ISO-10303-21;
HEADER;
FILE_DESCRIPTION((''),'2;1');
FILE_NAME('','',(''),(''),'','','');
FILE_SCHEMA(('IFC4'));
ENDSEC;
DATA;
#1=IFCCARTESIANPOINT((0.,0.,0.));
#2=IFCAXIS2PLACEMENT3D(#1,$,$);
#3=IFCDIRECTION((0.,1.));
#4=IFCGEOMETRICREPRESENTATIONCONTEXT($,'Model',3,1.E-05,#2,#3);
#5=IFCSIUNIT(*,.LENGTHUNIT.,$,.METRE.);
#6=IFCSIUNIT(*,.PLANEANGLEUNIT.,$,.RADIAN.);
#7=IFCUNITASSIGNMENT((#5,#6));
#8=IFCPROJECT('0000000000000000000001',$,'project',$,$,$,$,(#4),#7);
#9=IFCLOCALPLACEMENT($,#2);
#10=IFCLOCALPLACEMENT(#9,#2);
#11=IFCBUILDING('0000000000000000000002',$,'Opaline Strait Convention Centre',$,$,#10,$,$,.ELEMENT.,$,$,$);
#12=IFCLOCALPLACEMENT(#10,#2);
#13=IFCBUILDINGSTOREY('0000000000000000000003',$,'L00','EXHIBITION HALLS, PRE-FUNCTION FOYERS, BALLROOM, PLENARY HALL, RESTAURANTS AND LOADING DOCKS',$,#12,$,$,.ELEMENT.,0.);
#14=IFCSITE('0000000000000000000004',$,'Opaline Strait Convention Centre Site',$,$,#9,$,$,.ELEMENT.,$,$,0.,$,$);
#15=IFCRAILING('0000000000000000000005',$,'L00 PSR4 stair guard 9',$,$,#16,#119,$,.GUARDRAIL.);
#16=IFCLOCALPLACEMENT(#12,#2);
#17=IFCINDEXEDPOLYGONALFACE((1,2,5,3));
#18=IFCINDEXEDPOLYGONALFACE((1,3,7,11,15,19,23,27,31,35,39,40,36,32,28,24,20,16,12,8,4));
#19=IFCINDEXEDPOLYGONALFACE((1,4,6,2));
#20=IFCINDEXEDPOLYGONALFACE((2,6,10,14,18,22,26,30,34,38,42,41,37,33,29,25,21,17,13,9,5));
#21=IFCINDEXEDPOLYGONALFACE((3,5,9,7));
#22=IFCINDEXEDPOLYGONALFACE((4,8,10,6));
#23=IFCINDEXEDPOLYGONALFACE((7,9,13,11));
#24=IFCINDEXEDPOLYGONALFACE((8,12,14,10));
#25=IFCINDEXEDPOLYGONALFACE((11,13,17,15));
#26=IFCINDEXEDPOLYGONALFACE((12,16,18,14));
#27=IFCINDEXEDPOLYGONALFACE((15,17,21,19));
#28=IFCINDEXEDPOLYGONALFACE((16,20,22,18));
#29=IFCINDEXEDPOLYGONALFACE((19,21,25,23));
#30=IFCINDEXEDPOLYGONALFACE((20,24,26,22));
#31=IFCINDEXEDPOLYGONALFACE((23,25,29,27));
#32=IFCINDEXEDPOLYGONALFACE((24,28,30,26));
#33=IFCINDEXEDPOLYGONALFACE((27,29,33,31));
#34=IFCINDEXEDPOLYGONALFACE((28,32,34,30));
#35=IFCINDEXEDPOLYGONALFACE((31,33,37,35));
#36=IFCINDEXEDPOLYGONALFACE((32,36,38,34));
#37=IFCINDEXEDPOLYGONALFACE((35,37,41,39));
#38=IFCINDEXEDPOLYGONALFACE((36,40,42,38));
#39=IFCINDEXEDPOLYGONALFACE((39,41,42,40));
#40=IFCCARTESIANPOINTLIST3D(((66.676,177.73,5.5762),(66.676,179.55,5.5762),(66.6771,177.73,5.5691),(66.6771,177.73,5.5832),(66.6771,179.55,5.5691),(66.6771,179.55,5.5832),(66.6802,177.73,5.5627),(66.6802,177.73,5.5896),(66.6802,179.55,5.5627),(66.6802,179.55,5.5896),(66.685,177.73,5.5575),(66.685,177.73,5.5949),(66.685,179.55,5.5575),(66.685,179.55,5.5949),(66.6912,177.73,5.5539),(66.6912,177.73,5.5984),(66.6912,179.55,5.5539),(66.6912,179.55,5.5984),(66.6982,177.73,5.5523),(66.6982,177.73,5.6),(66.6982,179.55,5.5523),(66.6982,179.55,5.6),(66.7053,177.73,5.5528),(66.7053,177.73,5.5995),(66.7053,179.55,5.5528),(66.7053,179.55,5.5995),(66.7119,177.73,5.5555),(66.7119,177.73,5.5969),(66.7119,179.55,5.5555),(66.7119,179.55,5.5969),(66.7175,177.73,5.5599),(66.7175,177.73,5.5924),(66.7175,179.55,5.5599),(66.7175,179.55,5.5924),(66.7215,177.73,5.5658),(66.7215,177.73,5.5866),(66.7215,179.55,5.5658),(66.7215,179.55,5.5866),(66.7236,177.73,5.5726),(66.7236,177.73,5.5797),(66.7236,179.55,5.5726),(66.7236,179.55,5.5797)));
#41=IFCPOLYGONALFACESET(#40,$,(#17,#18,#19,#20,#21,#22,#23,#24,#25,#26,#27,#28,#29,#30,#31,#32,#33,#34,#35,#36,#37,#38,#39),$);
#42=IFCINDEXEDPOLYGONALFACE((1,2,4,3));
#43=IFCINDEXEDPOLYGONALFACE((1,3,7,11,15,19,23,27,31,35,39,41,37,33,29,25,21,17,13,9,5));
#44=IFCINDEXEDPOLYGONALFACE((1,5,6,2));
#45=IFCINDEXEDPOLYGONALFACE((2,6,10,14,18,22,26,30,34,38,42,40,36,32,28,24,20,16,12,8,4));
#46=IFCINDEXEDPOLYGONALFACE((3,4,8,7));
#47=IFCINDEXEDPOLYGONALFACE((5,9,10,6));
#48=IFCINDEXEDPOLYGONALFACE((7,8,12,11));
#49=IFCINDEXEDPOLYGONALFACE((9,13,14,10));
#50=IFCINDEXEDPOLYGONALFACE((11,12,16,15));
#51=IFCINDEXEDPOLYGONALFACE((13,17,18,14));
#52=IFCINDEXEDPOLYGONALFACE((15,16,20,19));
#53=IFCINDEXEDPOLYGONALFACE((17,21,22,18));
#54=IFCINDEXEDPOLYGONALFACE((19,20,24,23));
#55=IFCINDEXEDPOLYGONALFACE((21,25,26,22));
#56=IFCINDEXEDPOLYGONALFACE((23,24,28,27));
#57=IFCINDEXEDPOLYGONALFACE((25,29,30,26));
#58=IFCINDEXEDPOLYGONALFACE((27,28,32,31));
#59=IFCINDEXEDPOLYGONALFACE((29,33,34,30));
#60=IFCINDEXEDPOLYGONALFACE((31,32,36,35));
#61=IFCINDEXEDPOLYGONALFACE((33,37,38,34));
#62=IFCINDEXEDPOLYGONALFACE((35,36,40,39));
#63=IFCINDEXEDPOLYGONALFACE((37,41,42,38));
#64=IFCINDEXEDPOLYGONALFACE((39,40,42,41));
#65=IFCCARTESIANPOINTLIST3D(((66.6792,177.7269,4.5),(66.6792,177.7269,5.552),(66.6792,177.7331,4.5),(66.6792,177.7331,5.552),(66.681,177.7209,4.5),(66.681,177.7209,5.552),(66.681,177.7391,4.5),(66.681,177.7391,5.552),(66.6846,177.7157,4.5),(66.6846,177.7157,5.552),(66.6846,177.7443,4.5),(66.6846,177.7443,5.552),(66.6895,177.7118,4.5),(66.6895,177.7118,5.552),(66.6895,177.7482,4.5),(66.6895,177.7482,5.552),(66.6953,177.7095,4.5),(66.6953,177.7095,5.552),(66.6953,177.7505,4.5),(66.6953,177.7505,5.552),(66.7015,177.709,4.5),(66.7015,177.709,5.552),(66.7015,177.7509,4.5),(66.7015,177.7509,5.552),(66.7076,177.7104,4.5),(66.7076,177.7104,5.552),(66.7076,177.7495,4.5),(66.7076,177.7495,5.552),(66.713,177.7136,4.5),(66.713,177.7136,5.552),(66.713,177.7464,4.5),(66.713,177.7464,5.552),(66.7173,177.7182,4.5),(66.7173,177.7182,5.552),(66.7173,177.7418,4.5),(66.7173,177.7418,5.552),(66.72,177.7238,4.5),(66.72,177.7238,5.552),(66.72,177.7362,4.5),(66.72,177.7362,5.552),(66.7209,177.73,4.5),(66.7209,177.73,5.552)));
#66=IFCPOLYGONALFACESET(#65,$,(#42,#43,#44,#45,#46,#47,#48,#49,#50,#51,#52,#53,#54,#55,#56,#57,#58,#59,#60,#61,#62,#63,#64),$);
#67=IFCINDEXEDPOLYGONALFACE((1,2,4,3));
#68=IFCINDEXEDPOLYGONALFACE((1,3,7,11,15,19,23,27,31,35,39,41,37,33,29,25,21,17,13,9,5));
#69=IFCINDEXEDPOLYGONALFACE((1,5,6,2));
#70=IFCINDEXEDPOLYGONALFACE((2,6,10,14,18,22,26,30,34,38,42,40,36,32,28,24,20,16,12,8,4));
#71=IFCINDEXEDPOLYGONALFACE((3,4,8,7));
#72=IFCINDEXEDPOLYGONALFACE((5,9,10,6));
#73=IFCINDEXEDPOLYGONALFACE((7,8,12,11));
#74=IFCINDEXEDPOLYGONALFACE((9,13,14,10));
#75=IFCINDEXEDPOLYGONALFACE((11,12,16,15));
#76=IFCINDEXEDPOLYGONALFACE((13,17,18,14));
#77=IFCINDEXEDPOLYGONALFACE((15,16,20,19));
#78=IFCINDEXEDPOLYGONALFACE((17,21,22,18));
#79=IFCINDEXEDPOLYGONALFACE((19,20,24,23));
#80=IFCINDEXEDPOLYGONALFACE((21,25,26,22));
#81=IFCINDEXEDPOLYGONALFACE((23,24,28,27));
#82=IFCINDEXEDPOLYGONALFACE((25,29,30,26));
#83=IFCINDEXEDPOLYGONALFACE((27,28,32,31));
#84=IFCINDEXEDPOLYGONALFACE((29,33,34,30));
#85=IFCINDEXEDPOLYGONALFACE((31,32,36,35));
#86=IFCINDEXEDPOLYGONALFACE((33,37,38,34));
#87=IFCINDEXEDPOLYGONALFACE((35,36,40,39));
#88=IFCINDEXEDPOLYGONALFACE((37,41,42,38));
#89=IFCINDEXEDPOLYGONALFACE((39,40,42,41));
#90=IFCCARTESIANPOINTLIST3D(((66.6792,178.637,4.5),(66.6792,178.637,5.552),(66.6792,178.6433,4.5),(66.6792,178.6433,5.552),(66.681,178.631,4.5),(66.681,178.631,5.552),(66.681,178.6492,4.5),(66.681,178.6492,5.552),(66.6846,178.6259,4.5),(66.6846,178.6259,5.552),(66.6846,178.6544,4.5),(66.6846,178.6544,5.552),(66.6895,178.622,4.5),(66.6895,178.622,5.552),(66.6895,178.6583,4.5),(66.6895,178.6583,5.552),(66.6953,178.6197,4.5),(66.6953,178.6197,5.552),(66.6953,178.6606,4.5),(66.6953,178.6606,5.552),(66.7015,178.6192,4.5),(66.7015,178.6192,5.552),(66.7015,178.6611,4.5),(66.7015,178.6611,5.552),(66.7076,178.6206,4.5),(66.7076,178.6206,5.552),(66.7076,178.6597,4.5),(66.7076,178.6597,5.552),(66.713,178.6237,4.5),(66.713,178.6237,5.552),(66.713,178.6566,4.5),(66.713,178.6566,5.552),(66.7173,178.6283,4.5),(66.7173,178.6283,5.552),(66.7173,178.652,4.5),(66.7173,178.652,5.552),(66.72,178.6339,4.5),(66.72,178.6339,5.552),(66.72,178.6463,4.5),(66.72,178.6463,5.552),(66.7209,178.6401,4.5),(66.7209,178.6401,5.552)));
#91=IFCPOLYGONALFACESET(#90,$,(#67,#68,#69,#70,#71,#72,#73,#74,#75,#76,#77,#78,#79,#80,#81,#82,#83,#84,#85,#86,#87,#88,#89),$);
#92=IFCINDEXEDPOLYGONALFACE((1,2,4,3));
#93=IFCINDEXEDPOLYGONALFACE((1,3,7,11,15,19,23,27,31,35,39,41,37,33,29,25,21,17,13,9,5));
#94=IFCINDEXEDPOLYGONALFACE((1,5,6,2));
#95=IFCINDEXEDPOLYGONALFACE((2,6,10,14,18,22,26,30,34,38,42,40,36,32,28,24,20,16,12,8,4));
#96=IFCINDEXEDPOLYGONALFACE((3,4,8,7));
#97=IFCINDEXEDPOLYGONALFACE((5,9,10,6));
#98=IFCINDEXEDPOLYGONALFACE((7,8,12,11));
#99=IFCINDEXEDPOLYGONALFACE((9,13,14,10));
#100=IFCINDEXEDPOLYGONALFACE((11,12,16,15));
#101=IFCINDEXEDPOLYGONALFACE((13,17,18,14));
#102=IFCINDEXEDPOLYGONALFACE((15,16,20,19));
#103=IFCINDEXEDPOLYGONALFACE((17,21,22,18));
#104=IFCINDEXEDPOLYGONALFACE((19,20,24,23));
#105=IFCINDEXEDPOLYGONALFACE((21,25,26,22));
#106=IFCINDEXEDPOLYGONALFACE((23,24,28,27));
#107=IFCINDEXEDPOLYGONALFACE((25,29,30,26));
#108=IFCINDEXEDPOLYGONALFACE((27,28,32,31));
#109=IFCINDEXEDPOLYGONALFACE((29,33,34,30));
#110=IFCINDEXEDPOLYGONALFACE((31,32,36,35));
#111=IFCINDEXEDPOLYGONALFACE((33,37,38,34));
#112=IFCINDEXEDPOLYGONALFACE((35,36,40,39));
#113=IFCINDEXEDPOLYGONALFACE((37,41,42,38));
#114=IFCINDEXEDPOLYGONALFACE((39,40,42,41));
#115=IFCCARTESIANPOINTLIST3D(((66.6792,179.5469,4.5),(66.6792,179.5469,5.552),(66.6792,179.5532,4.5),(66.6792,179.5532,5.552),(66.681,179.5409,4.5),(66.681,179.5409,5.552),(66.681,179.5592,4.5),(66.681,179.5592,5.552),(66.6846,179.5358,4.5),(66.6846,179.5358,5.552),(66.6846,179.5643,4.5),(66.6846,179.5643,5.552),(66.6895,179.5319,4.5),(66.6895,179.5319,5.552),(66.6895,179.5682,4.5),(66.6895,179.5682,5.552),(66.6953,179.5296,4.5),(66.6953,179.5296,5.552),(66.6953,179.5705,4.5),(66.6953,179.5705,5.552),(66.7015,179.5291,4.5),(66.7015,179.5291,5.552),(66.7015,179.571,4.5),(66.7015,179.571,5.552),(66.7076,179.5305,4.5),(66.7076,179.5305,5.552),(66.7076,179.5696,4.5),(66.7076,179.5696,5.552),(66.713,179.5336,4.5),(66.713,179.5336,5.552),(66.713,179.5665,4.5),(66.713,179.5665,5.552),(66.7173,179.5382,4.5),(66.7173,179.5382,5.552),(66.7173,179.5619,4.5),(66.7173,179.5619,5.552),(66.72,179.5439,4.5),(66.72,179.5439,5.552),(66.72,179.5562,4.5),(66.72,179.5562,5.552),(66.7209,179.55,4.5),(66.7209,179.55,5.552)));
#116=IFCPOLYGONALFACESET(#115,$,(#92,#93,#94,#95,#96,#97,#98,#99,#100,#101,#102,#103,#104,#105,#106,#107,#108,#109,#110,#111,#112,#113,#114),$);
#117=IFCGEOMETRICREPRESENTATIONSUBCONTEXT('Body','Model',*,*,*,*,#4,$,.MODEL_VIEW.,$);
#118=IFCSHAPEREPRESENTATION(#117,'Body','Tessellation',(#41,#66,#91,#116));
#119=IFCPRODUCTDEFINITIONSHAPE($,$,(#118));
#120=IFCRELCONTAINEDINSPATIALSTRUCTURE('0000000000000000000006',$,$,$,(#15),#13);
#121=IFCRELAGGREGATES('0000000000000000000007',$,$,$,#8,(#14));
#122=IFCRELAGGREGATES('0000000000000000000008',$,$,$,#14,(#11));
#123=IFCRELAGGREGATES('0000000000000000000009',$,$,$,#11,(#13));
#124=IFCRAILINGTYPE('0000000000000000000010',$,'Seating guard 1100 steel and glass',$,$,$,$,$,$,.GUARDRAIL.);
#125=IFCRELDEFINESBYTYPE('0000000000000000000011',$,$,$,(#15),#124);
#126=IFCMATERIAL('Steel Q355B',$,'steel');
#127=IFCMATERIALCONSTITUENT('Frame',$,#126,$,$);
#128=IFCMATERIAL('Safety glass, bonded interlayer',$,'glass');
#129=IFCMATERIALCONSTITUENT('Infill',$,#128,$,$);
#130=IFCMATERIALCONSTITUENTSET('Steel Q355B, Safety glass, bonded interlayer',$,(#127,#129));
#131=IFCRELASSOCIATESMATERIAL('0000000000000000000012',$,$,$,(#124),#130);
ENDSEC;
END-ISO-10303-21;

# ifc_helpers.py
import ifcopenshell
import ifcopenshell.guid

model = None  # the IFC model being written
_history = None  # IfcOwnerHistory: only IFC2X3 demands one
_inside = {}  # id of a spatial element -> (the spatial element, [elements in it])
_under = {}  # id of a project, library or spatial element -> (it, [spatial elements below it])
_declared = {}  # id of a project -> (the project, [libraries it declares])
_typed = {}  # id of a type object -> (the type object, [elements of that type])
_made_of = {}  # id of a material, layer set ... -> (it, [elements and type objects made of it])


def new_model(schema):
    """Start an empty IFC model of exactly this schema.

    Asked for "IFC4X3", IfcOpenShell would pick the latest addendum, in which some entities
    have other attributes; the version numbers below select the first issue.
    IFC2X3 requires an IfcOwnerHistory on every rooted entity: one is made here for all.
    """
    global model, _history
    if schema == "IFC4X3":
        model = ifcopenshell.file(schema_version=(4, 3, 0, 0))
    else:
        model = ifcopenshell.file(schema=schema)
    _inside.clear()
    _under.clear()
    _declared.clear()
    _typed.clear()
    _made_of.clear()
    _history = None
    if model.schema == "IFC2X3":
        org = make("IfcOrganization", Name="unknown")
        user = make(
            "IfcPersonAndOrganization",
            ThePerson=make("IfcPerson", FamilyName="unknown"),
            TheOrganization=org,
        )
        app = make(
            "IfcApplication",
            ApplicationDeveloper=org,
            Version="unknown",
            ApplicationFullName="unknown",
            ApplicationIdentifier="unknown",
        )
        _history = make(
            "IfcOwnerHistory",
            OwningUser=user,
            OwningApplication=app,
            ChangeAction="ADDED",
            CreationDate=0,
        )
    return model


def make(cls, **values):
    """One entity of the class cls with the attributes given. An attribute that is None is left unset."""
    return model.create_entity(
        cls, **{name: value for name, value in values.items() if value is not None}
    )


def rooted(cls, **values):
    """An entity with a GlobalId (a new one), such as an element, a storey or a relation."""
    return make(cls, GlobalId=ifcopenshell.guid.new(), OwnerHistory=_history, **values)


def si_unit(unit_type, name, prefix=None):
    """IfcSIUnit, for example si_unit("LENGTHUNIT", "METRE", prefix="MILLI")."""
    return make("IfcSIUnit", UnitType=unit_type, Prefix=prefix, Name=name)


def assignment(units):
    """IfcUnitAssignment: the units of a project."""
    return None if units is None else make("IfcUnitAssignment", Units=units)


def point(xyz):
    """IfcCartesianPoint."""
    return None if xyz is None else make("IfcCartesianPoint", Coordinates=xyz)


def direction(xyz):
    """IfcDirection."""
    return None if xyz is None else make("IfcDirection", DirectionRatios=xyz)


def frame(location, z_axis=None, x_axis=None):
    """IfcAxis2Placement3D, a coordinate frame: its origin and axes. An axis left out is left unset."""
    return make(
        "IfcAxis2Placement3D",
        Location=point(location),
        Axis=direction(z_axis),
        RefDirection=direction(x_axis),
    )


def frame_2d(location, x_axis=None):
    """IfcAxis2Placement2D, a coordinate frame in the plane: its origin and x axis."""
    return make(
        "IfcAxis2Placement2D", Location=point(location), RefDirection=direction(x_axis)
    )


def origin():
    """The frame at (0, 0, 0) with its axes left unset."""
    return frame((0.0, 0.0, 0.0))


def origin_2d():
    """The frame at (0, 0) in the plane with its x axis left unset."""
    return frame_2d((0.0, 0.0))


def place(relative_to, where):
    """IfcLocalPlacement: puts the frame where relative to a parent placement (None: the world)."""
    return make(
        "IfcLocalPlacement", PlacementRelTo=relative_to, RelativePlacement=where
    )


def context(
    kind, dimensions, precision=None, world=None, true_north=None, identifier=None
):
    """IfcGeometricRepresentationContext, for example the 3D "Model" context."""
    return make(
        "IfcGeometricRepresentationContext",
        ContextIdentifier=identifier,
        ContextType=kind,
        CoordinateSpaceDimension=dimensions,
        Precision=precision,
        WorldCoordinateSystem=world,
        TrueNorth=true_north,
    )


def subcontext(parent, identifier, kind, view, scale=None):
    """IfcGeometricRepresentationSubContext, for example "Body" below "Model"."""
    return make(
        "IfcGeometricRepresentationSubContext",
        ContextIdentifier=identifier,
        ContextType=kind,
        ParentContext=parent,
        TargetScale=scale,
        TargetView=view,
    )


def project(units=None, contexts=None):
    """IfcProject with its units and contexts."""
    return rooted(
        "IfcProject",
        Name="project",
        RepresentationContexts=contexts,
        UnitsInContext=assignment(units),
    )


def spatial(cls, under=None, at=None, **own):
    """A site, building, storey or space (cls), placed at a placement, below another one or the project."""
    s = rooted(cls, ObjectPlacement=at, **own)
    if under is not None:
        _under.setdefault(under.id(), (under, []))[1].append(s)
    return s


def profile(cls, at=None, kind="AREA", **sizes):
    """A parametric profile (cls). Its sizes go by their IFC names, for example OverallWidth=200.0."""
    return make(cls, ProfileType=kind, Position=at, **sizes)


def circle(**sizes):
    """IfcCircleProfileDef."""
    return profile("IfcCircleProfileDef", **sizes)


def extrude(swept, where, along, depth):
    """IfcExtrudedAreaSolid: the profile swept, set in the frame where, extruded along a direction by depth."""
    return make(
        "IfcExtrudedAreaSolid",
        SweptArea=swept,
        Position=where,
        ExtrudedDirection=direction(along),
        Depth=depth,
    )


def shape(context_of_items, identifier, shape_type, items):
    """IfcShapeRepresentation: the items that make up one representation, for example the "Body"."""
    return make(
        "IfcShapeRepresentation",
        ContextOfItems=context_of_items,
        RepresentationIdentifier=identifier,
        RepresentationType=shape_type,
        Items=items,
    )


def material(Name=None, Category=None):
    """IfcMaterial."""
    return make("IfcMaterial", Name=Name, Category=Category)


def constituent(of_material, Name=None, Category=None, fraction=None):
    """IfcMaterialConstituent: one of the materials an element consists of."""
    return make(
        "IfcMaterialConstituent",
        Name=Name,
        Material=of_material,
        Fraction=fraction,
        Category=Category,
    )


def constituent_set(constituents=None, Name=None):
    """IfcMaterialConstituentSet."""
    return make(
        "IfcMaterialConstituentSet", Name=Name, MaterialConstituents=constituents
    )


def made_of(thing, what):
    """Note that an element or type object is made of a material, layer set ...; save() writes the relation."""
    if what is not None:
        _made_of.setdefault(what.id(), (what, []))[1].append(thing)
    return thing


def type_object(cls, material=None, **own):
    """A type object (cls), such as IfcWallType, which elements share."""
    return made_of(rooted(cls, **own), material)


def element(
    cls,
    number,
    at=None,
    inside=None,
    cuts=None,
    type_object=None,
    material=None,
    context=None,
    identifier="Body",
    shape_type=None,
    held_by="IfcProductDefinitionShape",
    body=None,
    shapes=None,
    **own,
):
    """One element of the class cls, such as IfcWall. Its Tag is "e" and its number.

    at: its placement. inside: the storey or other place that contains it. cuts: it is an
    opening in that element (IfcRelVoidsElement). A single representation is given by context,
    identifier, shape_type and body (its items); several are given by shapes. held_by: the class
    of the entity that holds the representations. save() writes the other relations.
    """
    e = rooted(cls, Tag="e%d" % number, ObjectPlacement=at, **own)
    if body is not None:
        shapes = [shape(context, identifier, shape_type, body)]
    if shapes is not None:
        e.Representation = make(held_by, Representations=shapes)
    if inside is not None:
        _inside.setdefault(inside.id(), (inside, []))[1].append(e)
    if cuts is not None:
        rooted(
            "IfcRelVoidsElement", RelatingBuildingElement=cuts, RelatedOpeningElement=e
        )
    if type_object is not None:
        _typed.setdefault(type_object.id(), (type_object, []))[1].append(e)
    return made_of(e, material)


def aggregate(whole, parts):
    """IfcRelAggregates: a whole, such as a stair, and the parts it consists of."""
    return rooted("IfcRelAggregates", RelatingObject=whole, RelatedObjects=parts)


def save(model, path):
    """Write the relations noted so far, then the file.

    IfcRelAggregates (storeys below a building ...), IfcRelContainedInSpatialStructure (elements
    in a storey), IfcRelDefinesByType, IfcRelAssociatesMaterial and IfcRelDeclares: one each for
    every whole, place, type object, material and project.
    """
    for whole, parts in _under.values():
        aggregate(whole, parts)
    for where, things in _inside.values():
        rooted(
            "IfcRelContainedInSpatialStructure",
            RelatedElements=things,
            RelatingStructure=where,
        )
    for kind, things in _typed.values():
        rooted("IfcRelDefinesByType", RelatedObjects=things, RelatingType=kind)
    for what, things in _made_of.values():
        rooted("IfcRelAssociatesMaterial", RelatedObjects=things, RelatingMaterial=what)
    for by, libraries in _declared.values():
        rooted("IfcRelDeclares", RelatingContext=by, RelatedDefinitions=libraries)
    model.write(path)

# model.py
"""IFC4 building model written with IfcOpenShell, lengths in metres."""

from ifc_helpers import new_model, si_unit, direction, frame, origin, origin_2d, place, context, subcontext, project, spatial, circle, extrude, material, constituent, constituent_set, type_object, element, save


model = new_model("IFC4")

# Units and contexts
model_context = context("Model", 3, precision=1e-05, world=origin(), true_north=direction((0.0, 1.0)))
body_context = subcontext(model_context, "Body", "Model", "MODEL_VIEW")
ifc_project = project(units=[si_unit("LENGTHUNIT", "METRE"), si_unit("PLANEANGLEUNIT", "RADIAN")], contexts=[model_context])

# Site, building, storey
site_placement = place(None, origin())
site = spatial("IfcSite", under=ifc_project, at=site_placement, Name="Opaline Strait Convention Centre Site", CompositionType="ELEMENT", RefElevation=0.0)
building_placement = place(site_placement, origin())
building = spatial("IfcBuilding", under=site, at=building_placement, Name="Opaline Strait Convention Centre", CompositionType="ELEMENT")
storey_placement = place(building_placement, origin())
storey = spatial("IfcBuildingStorey", under=building, at=storey_placement, Name="L00", Description="EXHIBITION HALLS, PRE-FUNCTION FOYERS, BALLROOM, PLENARY HALL, RESTAURANTS AND LOADING DOCKS", CompositionType="ELEMENT", Elevation=0.0)

# Railing
ifc_material_1 = material(Name="Steel Q355B", Category="steel")
ifc_constituent_1 = constituent(ifc_material_1, Name="Frame")
ifc_material_2 = material(Name="Safety glass, bonded interlayer", Category="glass")
ifc_constituent_2 = constituent(ifc_material_2, Name="Infill")
ifc_constituent_set = constituent_set(constituents=[ifc_constituent_1, ifc_constituent_2], Name="Steel Q355B, Safety glass, bonded interlayer")
railing_type_1 = type_object("IfcRailingType", Name="Seating guard 1100 steel and glass", PredefinedType="GUARDRAIL", material=ifc_constituent_set)
railing_1_placement = place(storey_placement, frame((66.7, 177.73, 4.5)))
element("IfcRailing", 1, at=railing_1_placement, inside=storey, type_object=railing_type_1, Name="L00 PSR4 stair guard 9", PredefinedType="GUARDRAIL", context=body_context, shape_type="SweptSolid", body=[
    extrude(circle(Radius=0.0239, at=origin_2d()), frame((0.0, 0.0, 1.0762), z_axis=(0.0, 1.0, 0.0), x_axis=(-1.0, 0.0, 0.0)), (0.0, 0.0, 1.0), 1.8201),
    extrude(circle(Radius=0.021, at=origin_2d()), origin(), (0.0, 0.0, 1.0), 1.052),
    extrude(circle(Radius=0.021, at=origin_2d()), frame((0.0, 0.9102, 0.0)), (0.0, 0.0, 1.0), 1.052),
    extrude(circle(Radius=0.021, at=origin_2d()), frame((0.0, 1.8201, 0.0)), (0.0, 0.0, 1.0), 1.052),
])

save(model, "model.ifc")
